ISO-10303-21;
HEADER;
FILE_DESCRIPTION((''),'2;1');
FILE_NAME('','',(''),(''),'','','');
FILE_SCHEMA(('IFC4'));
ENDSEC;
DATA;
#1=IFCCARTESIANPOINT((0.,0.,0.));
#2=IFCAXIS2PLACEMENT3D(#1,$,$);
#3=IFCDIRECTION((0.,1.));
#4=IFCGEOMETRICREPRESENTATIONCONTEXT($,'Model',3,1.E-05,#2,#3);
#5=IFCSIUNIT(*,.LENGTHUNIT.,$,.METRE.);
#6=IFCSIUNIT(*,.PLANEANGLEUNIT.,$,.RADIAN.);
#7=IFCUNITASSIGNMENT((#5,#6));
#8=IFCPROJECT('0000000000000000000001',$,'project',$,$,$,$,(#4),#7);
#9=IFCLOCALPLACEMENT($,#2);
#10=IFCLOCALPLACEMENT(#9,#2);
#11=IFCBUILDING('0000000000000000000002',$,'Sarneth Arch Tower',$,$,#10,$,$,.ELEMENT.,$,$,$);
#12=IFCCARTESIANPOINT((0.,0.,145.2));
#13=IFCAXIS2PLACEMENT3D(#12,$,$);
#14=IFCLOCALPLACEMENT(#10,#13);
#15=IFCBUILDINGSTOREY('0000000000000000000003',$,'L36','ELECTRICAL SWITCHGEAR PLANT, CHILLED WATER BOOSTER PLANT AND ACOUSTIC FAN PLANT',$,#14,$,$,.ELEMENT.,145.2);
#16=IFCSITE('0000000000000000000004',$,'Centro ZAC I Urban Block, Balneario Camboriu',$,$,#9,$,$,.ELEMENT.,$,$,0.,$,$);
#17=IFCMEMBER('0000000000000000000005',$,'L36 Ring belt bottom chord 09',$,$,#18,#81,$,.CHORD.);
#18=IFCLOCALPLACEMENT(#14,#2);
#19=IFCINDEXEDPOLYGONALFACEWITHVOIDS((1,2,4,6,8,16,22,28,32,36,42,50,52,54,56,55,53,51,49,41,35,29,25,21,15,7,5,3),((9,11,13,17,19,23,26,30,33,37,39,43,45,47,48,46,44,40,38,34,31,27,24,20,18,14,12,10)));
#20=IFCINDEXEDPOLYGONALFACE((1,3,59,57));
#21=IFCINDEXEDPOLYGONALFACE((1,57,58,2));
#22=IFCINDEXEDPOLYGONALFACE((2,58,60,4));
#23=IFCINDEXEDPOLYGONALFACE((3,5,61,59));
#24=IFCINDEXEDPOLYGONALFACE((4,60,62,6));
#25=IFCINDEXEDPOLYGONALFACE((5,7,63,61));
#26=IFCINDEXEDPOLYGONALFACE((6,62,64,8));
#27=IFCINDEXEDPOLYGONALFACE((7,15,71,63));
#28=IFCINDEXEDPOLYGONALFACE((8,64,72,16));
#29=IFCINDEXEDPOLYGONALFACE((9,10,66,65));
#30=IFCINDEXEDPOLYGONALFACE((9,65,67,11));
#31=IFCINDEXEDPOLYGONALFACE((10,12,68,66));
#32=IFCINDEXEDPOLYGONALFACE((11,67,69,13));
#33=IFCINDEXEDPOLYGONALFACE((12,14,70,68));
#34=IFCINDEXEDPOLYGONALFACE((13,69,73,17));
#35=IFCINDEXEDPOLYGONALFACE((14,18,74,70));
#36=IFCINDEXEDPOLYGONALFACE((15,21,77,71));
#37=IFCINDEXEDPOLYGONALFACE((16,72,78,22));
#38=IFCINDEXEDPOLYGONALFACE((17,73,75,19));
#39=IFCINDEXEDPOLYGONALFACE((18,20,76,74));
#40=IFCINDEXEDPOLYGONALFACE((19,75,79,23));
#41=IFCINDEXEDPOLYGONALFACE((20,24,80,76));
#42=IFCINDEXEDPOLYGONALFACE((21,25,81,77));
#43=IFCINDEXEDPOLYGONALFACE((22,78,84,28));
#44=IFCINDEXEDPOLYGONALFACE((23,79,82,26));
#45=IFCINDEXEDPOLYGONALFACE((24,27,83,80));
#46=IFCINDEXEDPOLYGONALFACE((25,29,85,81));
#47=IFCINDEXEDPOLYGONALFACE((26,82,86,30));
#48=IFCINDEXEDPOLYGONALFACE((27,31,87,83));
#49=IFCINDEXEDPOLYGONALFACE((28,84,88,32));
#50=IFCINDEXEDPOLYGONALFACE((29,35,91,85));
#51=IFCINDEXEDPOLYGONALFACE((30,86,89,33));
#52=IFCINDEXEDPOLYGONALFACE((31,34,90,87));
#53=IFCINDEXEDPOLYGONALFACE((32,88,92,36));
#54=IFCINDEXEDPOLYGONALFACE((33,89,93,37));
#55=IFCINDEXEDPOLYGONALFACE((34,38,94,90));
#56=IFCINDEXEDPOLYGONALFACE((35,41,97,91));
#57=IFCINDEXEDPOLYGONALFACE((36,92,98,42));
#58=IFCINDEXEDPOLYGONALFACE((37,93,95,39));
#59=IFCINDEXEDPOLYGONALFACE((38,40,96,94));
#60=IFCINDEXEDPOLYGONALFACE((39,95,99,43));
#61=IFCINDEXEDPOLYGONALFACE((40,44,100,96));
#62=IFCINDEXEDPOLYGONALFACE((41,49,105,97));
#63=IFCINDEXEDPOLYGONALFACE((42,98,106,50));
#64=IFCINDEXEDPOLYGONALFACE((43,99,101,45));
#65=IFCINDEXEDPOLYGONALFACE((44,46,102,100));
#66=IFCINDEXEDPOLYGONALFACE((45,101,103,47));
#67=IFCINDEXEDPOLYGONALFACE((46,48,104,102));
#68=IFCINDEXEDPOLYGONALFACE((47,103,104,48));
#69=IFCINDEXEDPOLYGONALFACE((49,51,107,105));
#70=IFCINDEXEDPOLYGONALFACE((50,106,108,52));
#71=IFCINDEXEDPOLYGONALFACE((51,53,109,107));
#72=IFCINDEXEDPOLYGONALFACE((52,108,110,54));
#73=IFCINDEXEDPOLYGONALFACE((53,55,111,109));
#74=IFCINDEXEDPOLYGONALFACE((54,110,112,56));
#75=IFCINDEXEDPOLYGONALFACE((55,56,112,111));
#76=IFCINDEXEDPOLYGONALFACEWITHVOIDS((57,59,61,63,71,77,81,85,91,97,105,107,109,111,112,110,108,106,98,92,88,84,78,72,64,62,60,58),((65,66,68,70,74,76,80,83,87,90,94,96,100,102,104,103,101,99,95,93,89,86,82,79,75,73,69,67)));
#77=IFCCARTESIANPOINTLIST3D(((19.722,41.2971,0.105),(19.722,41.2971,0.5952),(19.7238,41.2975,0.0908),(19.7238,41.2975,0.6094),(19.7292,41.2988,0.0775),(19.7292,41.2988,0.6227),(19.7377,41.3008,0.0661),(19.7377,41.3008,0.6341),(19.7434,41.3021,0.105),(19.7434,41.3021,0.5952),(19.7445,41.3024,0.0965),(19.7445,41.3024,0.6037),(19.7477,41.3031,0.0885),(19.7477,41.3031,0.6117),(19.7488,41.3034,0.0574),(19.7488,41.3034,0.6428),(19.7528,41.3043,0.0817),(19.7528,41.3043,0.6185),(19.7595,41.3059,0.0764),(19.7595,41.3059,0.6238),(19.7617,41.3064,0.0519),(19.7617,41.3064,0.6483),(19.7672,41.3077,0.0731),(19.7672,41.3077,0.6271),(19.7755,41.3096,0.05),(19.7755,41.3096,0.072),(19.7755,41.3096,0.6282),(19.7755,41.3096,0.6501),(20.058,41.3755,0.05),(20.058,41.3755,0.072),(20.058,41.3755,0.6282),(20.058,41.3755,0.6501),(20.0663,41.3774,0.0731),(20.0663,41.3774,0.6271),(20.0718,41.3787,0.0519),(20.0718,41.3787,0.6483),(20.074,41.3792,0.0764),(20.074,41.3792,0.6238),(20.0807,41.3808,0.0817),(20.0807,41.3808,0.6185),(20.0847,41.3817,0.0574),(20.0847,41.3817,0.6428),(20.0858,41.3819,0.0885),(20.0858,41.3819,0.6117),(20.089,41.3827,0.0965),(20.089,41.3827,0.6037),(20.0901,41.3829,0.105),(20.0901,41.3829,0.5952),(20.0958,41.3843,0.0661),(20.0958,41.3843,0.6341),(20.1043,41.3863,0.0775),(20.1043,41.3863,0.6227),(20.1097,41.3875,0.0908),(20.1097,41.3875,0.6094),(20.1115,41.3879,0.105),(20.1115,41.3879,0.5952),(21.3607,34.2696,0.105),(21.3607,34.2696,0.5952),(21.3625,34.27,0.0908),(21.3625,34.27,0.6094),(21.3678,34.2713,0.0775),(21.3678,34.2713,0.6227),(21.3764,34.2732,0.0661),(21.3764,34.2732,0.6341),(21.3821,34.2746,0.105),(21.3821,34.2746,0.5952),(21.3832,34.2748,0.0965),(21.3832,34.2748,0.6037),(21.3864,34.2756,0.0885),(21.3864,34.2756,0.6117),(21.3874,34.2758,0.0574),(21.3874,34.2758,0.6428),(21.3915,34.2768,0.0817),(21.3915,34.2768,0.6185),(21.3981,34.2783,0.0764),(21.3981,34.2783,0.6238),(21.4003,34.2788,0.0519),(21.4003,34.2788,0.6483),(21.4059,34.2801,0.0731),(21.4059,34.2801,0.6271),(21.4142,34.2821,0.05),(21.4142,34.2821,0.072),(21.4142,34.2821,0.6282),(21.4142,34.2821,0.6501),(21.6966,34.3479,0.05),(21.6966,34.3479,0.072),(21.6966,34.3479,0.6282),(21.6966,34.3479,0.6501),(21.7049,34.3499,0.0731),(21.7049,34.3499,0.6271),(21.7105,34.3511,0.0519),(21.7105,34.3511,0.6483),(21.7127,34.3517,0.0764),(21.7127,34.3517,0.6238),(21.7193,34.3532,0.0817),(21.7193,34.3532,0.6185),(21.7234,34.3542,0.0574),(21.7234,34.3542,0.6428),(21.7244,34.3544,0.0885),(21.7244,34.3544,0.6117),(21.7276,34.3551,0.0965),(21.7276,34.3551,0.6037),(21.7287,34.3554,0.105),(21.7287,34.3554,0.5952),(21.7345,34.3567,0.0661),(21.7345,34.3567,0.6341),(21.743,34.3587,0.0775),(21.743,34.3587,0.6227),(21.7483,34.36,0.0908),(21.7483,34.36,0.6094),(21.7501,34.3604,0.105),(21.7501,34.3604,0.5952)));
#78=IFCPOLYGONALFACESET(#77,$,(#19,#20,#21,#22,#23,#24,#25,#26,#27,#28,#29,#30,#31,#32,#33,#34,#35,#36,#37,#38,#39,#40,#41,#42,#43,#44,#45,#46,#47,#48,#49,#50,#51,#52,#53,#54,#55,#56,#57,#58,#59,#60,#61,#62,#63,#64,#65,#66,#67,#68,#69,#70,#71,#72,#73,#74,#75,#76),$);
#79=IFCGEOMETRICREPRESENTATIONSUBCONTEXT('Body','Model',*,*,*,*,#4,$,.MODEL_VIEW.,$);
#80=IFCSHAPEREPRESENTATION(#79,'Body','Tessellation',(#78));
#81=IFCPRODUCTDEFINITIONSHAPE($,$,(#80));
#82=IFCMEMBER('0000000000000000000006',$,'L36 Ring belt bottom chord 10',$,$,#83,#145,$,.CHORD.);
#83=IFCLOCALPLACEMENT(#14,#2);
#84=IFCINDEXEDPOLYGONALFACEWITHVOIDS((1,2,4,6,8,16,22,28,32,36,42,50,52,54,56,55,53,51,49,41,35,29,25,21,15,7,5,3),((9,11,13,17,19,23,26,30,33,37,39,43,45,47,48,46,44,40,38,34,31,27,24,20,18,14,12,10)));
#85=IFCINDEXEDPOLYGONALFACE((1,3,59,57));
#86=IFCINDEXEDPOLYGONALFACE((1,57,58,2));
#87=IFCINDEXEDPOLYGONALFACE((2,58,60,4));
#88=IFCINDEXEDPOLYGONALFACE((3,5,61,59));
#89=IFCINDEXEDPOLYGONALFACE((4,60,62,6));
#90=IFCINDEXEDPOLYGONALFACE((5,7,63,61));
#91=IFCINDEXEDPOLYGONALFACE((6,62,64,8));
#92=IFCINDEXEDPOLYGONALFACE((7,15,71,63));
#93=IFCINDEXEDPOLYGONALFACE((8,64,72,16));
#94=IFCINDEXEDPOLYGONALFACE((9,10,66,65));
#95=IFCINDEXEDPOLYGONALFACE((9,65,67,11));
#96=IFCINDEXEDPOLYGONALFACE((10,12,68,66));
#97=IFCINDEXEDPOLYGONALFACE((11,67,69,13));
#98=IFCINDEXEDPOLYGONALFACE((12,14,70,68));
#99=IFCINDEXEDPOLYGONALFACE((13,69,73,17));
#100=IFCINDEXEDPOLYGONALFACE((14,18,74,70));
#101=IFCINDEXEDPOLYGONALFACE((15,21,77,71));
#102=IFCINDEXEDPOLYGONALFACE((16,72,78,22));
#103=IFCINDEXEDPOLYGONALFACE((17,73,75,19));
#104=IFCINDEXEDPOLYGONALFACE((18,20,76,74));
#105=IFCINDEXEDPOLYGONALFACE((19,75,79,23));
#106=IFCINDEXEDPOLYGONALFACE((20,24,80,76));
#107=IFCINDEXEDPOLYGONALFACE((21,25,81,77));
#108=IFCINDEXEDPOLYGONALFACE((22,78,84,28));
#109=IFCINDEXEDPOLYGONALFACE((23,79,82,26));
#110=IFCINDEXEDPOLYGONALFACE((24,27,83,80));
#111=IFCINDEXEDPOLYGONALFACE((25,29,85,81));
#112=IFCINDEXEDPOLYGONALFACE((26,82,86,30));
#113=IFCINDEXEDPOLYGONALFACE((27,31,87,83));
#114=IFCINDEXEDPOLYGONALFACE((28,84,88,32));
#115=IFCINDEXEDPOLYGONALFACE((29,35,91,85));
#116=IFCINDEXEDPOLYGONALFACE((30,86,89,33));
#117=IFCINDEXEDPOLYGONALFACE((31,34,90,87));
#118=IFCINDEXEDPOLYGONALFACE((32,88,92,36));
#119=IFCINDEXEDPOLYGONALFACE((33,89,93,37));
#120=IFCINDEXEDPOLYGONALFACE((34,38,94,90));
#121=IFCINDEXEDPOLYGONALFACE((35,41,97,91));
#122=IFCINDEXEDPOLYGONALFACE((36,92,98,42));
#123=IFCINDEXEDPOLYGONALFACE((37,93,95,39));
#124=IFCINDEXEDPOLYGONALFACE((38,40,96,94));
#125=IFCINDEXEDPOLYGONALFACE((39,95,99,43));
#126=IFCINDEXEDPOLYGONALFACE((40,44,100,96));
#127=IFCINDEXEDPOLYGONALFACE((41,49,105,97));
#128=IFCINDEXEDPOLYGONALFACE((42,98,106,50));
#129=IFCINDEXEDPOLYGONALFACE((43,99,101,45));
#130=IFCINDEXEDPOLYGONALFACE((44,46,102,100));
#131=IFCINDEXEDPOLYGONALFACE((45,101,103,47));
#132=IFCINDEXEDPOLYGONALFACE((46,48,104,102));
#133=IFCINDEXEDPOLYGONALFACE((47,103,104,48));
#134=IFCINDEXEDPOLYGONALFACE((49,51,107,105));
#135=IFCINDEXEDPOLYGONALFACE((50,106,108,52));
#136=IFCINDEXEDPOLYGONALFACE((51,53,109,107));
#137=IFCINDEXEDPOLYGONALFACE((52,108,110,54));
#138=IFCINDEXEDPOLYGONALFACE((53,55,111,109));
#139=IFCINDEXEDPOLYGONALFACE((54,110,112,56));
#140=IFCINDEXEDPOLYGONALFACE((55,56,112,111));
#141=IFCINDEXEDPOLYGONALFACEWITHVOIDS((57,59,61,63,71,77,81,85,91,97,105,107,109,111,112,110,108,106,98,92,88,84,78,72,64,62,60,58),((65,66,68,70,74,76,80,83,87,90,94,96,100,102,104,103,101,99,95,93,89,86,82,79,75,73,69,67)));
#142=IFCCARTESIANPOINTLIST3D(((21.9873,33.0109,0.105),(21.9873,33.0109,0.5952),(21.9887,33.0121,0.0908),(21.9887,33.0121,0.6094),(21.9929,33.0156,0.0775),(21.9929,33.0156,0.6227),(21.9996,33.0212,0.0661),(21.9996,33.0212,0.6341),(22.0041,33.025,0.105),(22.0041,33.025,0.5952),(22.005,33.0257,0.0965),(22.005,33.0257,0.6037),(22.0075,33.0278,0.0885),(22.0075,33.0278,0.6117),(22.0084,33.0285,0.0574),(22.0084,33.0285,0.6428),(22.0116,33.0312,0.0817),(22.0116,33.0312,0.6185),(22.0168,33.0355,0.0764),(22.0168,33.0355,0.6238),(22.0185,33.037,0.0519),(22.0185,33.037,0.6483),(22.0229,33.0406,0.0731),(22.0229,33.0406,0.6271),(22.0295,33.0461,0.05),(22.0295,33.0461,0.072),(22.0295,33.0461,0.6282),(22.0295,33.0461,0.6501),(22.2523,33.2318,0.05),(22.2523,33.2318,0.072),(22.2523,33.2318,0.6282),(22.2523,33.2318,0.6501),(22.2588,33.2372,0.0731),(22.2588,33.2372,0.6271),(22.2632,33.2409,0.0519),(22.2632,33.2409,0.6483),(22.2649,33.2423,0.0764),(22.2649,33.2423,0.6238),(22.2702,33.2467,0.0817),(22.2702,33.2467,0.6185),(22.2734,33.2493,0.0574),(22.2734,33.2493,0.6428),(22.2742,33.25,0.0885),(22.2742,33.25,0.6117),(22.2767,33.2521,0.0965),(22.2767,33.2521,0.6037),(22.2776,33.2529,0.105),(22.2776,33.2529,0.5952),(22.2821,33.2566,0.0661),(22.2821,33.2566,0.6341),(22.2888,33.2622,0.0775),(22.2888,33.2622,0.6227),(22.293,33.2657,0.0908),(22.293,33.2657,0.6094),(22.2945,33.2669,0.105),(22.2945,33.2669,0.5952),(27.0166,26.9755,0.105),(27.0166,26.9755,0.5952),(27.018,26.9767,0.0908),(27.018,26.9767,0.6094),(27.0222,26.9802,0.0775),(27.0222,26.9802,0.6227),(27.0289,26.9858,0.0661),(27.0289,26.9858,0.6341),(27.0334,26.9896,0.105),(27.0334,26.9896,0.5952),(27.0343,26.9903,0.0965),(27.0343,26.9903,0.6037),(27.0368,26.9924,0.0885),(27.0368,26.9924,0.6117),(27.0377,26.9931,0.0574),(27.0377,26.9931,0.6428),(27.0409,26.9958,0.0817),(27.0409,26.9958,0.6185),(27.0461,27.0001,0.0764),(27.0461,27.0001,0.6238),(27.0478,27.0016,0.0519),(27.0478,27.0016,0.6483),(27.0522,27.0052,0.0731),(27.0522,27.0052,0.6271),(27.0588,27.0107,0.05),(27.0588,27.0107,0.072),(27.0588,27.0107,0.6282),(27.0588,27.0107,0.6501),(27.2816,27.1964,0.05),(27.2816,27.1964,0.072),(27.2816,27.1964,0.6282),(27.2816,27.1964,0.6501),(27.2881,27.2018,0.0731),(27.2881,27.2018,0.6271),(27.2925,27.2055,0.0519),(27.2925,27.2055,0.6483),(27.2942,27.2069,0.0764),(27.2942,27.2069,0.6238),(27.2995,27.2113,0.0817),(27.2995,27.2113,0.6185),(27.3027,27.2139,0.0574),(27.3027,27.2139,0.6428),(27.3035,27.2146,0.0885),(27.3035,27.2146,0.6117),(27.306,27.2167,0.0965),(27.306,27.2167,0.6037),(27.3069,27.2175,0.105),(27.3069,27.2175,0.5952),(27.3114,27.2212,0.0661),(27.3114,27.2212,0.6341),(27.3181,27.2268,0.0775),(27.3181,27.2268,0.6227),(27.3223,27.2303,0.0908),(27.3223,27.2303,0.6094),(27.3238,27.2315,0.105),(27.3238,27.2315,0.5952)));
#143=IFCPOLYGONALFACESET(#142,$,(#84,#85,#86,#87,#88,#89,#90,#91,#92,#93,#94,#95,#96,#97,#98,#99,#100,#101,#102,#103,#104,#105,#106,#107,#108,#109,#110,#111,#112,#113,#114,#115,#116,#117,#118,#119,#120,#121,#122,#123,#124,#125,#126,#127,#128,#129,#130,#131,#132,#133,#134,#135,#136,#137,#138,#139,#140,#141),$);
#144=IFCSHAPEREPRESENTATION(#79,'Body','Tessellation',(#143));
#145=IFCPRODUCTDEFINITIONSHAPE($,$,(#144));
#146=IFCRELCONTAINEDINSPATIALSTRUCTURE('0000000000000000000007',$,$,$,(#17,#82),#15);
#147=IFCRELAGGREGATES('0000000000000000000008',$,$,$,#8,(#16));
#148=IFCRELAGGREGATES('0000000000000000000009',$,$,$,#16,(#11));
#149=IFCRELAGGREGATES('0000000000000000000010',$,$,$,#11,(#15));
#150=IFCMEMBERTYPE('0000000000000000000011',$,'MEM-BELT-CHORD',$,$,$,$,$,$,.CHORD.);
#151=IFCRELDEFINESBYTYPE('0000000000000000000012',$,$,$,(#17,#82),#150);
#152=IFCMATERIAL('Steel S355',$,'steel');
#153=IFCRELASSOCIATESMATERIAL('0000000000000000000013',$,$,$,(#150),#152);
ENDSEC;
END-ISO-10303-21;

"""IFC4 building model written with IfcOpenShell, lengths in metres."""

from ifc_helpers import new_model, si_unit, direction, frame, origin, origin_2d, place, context, subcontext, project, spatial, hollow_rectangle, extrude, material, material_profile, profile_set, type_object, element, save


model = new_model("IFC4")

# Units and contexts
model_context = context("Model", 3, precision=1e-05, world=origin(), true_north=direction((0.0, 1.0)))
body_context = subcontext(model_context, "Body", "Model", "MODEL_VIEW")
ifc_project = project(units=[si_unit("LENGTHUNIT", "METRE"), si_unit("PLANEANGLEUNIT", "RADIAN")], contexts=[model_context])

# Site, building, storey
site_placement = place(None, origin())
site = spatial("IfcSite", under=ifc_project, at=site_placement, Name="Centro ZAC I Urban Block, Balneario Camboriu", CompositionType="ELEMENT", RefElevation=0.0)
building_placement = place(site_placement, origin())
building = spatial("IfcBuilding", under=site, at=building_placement, Name="Sarneth Arch Tower", CompositionType="ELEMENT")
storey_placement = place(building_placement, frame((0.0, 0.0, 145.2)))
storey = spatial("IfcBuildingStorey", under=building, at=storey_placement, Name="L36", Description="ELECTRICAL SWITCHGEAR PLANT, CHILLED WATER BOOSTER PLANT AND ACOUSTIC FAN PLANT", CompositionType="ELEMENT", Elevation=145.2)

# Members
ifc_material_1 = material(Name="Steel S355", Category="steel")
ifc_material_profile_1 = material_profile(ifc_material_1, hollow_rectangle(XDim=0.3999, YDim=0.6001, WallThickness=0.022, InnerFilletRadius=0.033, OuterFilletRadius=0.0549, at=origin_2d()), Name="RHS600x400x22")
ifc_profile_set_1 = profile_set([ifc_material_profile_1], Name="Steel S355")
member_type_1 = type_object("IfcMemberType", Name="MEM-BELT-CHORD", PredefinedType="CHORD", material=ifc_profile_set_1)
member_1_placement = place(storey_placement, frame((19.9167, 41.3425, 0.3501), z_axis=(0.227085, -0.973875, 0.0), x_axis=(0.973875, 0.227085, 0.0)))
element("IfcMember", 1, at=member_1_placement, inside=storey, type_object=member_type_1, Name="L36 Ring belt bottom chord 09", PredefinedType="CHORD", context=body_context, shape_type="SweptSolid", body=[
    extrude(hollow_rectangle(XDim=0.3999, YDim=0.6001, WallThickness=0.022, InnerFilletRadius=0.033, OuterFilletRadius=0.0549, at=origin_2d()), origin(), (0.0, 0.0, 1.0), 7.2161),
])
member_2_placement = place(storey_placement, frame((22.1409, 33.1389, 0.3501), z_axis=(0.640169, -0.768234, 0.0), x_axis=(0.768234, 0.640169, 0.0)))
element("IfcMember", 2, at=member_2_placement, inside=storey, type_object=member_type_1, Name="L36 Ring belt bottom chord 10", PredefinedType="CHORD", context=body_context, shape_type="SweptSolid", body=[
    extrude(hollow_rectangle(XDim=0.3999, YDim=0.6001, WallThickness=0.022, InnerFilletRadius=0.033, OuterFilletRadius=0.0549, at=origin_2d()), origin(), (0.0, 0.0, 1.0), 7.8562),
])

save(model, "model.ifc")
